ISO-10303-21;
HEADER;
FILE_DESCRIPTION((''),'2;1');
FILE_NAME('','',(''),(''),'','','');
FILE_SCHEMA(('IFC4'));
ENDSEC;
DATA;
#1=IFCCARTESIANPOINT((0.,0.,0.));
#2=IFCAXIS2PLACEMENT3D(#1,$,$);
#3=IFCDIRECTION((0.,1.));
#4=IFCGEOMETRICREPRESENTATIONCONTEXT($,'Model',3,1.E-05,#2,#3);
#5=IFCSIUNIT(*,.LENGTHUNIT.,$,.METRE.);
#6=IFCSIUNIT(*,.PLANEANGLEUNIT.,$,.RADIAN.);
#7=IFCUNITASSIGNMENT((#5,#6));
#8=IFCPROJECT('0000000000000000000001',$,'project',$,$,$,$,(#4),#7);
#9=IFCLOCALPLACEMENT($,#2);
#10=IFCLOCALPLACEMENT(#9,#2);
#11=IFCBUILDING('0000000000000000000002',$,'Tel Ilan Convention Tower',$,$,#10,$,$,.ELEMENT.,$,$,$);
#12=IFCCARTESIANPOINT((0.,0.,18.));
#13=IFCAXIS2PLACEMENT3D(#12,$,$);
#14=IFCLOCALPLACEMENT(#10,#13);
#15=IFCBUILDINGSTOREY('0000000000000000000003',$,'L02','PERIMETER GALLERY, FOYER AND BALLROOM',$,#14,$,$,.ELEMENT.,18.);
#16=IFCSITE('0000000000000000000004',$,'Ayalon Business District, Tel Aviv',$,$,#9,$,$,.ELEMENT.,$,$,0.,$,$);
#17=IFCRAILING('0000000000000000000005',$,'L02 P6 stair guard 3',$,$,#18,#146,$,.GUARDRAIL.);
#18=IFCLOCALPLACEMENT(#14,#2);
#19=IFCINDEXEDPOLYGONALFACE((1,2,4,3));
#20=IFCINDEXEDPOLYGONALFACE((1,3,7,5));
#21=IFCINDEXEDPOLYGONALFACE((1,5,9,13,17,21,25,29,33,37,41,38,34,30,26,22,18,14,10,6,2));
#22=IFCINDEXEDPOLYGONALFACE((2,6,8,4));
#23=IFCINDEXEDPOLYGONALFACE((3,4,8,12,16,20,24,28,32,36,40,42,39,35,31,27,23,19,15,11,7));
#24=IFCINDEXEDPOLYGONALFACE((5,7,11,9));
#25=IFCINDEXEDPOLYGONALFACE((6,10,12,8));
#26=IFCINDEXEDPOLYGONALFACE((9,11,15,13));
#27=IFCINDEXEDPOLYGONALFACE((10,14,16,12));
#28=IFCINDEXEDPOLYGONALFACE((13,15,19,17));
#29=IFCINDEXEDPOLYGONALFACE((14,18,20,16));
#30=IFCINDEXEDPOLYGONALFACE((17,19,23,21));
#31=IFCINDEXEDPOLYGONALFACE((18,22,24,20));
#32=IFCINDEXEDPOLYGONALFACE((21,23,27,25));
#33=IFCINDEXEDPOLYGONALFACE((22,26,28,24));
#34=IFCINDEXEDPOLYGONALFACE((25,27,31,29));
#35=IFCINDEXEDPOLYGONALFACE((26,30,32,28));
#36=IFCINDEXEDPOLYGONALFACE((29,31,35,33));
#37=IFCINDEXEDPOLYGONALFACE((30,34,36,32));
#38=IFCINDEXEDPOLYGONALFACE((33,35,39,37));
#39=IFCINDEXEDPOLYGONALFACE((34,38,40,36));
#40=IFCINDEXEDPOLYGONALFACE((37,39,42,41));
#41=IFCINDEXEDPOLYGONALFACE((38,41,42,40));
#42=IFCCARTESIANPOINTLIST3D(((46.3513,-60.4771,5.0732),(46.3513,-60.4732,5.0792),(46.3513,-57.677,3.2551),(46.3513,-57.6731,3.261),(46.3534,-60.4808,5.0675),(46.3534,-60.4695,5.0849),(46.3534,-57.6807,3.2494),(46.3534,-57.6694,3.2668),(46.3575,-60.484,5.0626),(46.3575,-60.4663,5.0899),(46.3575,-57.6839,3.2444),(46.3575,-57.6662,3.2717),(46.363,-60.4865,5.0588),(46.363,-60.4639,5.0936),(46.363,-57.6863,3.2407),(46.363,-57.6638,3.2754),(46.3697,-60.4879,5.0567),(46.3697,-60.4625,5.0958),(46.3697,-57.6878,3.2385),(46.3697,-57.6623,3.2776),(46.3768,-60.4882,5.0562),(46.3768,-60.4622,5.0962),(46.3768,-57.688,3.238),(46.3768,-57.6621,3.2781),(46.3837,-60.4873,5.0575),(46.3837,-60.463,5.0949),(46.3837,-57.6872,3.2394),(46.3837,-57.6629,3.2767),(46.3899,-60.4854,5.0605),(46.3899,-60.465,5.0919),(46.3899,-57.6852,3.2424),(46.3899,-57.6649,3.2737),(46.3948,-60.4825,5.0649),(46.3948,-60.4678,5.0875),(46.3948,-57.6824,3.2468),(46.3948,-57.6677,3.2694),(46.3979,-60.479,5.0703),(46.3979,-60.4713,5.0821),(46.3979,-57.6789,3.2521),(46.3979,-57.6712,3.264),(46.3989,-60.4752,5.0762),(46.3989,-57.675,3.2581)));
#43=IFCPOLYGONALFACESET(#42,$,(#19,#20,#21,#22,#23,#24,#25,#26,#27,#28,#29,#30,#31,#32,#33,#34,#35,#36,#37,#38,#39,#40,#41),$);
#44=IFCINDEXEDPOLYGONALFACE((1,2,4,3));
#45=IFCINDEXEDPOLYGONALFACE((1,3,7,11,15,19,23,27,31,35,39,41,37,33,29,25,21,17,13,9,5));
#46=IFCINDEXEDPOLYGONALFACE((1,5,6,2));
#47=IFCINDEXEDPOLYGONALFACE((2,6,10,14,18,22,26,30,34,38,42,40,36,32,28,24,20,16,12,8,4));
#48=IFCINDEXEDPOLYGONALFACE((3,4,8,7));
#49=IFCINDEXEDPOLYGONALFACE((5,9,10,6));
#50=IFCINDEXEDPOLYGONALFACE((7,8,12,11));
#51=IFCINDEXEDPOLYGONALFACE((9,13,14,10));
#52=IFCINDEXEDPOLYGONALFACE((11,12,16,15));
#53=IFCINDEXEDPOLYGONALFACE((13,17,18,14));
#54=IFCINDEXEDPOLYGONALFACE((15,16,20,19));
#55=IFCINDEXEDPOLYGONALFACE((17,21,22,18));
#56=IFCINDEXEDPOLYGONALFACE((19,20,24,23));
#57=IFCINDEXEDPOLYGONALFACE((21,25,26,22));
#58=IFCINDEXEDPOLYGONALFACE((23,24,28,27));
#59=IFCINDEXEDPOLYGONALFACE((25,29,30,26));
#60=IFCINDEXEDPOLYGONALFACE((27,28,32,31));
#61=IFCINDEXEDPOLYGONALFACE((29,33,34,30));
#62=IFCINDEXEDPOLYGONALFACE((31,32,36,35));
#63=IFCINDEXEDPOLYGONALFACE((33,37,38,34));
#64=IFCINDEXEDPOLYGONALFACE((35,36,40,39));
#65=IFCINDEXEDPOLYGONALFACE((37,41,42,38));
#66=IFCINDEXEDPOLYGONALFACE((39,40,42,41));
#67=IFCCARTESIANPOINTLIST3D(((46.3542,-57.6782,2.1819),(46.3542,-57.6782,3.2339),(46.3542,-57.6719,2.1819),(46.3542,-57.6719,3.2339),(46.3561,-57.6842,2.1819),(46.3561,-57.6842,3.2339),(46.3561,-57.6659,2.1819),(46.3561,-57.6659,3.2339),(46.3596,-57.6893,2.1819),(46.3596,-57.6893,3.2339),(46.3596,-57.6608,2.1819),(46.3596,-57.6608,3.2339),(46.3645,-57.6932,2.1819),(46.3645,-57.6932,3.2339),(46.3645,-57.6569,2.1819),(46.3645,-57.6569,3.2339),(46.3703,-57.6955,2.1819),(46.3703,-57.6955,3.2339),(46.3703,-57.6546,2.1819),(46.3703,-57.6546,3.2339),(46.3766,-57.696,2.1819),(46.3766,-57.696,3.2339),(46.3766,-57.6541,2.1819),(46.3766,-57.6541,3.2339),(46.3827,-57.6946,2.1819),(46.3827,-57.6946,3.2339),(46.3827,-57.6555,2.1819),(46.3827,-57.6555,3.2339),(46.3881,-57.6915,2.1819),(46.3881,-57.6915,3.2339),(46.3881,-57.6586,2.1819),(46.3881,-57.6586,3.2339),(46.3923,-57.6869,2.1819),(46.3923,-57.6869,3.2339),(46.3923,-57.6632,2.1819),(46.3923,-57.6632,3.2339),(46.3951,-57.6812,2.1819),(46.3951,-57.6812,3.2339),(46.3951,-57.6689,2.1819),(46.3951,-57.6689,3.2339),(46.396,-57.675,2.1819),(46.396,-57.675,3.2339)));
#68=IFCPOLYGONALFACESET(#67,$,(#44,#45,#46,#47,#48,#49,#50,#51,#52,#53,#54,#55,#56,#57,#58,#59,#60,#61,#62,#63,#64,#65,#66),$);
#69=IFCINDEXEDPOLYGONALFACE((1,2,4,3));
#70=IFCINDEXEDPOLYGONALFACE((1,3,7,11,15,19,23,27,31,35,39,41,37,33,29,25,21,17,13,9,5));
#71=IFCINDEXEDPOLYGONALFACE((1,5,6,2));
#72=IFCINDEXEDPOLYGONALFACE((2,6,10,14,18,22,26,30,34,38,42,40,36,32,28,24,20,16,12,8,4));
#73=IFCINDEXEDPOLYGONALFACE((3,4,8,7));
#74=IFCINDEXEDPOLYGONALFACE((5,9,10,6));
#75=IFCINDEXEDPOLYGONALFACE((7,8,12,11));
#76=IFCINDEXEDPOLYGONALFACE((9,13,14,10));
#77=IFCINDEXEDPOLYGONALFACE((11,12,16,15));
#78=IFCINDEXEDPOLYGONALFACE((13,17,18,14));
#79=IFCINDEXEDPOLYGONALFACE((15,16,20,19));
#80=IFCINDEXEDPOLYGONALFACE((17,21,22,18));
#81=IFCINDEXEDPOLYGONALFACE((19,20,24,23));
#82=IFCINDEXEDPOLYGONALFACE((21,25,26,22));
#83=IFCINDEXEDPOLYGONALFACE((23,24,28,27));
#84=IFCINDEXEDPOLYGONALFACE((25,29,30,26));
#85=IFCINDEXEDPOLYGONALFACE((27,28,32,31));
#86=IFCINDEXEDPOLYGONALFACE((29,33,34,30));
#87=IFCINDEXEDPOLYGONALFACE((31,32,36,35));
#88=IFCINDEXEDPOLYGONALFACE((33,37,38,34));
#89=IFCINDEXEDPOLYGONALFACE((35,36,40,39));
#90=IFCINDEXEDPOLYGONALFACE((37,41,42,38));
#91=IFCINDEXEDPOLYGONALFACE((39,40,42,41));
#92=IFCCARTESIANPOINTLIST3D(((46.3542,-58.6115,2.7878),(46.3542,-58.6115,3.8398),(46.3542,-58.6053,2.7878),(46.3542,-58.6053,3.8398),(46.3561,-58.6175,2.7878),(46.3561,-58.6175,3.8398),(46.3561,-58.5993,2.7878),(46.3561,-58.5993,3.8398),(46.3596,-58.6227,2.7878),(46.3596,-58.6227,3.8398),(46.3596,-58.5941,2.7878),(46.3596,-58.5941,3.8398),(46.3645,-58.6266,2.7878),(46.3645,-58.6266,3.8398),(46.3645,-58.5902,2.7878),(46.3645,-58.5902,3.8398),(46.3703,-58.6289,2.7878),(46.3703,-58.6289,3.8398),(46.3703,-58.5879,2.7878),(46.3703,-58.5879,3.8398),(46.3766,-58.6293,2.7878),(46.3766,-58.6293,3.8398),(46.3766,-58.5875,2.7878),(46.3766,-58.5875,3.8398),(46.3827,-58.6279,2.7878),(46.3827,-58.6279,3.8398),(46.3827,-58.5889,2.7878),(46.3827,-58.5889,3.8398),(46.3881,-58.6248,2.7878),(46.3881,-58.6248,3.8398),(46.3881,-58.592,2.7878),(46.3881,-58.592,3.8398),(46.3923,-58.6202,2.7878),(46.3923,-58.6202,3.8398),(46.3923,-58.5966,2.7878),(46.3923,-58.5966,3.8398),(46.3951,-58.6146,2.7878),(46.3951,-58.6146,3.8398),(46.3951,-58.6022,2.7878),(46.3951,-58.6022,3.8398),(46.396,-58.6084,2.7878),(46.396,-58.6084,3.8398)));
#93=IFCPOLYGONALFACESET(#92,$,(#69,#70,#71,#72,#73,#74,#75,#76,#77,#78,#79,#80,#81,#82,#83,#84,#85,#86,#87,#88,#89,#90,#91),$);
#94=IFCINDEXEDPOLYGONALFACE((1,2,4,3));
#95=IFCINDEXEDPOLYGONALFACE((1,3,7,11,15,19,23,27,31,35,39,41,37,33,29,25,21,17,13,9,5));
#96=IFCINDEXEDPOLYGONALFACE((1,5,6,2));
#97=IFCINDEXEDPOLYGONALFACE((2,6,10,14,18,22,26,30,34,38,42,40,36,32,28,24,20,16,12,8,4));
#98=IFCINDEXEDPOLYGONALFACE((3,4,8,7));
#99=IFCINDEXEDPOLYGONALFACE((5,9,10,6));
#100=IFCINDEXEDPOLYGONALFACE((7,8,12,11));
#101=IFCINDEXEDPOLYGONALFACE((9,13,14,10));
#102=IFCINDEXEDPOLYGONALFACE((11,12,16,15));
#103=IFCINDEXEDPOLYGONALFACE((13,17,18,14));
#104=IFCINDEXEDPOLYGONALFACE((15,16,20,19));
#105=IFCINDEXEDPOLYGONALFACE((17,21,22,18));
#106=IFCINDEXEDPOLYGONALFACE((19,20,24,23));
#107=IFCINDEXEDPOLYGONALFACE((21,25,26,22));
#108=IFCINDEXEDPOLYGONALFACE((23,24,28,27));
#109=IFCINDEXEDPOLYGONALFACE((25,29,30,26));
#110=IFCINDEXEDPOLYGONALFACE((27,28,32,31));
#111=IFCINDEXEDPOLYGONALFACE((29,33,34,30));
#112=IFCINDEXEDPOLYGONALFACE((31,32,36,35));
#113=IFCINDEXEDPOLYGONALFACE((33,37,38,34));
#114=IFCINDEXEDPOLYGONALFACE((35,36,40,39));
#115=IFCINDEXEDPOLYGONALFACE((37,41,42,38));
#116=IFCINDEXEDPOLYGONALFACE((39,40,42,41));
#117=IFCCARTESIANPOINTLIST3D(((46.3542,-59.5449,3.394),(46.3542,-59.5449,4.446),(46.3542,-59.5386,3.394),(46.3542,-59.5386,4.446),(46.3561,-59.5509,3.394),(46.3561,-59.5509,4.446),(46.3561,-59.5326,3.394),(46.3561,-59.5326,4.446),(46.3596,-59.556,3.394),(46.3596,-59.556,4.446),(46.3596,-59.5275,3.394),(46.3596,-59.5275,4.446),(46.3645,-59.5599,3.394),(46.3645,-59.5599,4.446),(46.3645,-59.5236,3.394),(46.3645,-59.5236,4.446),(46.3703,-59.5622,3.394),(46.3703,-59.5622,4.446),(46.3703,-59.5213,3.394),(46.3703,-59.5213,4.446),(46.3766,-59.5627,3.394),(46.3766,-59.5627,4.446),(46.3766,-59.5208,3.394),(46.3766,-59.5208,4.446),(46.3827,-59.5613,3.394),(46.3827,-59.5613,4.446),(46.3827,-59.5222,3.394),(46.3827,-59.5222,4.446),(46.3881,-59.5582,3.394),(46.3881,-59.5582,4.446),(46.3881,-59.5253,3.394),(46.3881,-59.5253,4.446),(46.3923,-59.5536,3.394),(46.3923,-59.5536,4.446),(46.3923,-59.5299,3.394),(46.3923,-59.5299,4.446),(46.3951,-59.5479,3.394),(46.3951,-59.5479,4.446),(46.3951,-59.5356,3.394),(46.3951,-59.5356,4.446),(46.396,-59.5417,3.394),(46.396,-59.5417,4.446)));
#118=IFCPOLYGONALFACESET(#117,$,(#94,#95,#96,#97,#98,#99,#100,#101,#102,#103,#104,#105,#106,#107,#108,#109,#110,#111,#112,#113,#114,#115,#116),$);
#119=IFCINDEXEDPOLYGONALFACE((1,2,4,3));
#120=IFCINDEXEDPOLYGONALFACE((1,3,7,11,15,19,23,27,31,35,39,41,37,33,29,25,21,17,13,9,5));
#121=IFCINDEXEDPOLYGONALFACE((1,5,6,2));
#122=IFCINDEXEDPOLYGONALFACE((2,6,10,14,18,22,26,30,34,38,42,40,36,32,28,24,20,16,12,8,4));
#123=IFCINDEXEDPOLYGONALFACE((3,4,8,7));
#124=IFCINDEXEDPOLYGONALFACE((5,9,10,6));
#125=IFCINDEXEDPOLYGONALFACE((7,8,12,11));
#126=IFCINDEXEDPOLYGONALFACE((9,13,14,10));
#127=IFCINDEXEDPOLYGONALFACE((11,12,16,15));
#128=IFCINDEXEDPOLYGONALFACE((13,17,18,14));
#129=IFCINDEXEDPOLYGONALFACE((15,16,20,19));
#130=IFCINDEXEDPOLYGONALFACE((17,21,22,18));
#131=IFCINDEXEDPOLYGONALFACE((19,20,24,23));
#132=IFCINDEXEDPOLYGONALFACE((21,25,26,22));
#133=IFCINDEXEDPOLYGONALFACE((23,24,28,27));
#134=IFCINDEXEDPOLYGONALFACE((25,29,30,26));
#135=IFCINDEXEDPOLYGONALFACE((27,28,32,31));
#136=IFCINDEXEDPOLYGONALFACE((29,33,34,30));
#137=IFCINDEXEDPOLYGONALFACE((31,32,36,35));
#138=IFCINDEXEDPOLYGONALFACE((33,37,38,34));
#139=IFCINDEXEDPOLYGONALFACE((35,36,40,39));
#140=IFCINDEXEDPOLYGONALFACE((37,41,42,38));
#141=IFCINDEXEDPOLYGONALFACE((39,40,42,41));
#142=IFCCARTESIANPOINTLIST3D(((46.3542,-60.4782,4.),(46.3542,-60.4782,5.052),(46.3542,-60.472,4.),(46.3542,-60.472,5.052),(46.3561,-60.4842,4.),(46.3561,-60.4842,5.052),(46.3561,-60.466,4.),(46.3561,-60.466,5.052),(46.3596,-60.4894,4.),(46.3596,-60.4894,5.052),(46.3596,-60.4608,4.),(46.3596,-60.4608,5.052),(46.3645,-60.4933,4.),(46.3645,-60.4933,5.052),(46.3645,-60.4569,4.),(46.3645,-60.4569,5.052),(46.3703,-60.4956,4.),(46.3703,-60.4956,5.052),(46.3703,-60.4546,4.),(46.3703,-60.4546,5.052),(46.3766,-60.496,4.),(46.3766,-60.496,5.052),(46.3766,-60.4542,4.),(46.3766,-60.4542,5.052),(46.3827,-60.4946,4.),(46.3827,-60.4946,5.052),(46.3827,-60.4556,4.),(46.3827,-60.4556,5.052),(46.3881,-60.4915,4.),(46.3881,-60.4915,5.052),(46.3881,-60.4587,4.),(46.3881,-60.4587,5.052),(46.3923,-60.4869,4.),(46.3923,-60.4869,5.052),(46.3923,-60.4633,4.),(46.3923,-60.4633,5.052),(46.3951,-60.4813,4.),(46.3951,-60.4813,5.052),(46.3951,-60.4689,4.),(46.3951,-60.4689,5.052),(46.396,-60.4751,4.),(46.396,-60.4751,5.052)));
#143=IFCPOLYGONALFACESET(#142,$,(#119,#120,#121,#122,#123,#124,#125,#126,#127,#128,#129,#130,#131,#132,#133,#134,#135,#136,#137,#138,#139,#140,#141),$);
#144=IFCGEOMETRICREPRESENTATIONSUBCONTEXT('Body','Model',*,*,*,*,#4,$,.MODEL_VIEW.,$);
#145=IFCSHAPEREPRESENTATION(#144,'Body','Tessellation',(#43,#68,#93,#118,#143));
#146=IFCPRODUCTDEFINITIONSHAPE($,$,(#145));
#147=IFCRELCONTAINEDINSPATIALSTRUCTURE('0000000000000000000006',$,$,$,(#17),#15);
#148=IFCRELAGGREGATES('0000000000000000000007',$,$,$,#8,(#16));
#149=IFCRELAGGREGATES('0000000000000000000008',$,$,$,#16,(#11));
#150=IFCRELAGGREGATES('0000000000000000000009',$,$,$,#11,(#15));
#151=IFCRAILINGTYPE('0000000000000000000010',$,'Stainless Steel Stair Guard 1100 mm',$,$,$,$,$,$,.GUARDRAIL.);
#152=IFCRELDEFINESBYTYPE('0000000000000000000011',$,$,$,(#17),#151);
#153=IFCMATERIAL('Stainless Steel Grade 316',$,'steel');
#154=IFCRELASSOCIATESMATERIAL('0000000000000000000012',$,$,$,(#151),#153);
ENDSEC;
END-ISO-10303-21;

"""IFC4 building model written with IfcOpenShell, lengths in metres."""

from ifc_helpers import new_model, si_unit, direction, frame, origin, origin_2d, place, context, subcontext, project, spatial, circle, extrude, material, type_object, element, save


model = new_model("IFC4")

# Units and contexts
model_context = context("Model", 3, precision=1e-05, world=origin(), true_north=direction((0.0, 1.0)))
body_context = subcontext(model_context, "Body", "Model", "MODEL_VIEW")
ifc_project = project(units=[si_unit("LENGTHUNIT", "METRE"), si_unit("PLANEANGLEUNIT", "RADIAN")], contexts=[model_context])

# Site, building, storey
site_placement = place(None, origin())
site = spatial("IfcSite", under=ifc_project, at=site_placement, Name="Ayalon Business District, Tel Aviv", CompositionType="ELEMENT", RefElevation=0.0)
building_placement = place(site_placement, origin())
building = spatial("IfcBuilding", under=site, at=building_placement, Name="Tel Ilan Convention Tower", CompositionType="ELEMENT")
storey_placement = place(building_placement, frame((0.0, 0.0, 18.0)))
storey = spatial("IfcBuildingStorey", under=building, at=storey_placement, Name="L02", Description="PERIMETER GALLERY, FOYER AND BALLROOM", CompositionType="ELEMENT", Elevation=18.0)

# Railing
ifc_material_1 = material(Name="Stainless Steel Grade 316", Category="steel")
railing_type_1 = type_object("IfcRailingType", Name="Stainless Steel Stair Guard 1100 mm", PredefinedType="GUARDRAIL", material=ifc_material_1)
railing_1_placement = place(storey_placement, frame((46.375, -57.675, 2.1819)))
element("IfcRailing", 1, at=railing_1_placement, inside=storey, type_object=railing_type_1, Name="L02 P6 stair guard 3", PredefinedType="GUARDRAIL", context=body_context, shape_type="SweptSolid", body=[
    extrude(circle(Radius=0.0239, at=origin_2d()), frame((0.0, 0.0, 1.0762), z_axis=(0.0, -0.838706, 0.544585), x_axis=(1.0, 0.0, 0.0)), (0.0, 0.0, 1.0), 3.3386),
    extrude(circle(Radius=0.021, at=origin_2d()), origin(), (0.0, 0.0, 1.0), 1.052),
    extrude(circle(Radius=0.021, at=origin_2d()), frame((0.0, -0.9333, 0.606)), (0.0, 0.0, 1.0), 1.052),
    extrude(circle(Radius=0.021, at=origin_2d()), frame((0.0, -1.8667, 1.2122)), (0.0, 0.0, 1.0), 1.052),
    extrude(circle(Radius=0.021, at=origin_2d()), frame((0.0, -2.8, 1.8181)), (0.0, 0.0, 1.0), 1.052),
])

save(model, "model.ifc")
